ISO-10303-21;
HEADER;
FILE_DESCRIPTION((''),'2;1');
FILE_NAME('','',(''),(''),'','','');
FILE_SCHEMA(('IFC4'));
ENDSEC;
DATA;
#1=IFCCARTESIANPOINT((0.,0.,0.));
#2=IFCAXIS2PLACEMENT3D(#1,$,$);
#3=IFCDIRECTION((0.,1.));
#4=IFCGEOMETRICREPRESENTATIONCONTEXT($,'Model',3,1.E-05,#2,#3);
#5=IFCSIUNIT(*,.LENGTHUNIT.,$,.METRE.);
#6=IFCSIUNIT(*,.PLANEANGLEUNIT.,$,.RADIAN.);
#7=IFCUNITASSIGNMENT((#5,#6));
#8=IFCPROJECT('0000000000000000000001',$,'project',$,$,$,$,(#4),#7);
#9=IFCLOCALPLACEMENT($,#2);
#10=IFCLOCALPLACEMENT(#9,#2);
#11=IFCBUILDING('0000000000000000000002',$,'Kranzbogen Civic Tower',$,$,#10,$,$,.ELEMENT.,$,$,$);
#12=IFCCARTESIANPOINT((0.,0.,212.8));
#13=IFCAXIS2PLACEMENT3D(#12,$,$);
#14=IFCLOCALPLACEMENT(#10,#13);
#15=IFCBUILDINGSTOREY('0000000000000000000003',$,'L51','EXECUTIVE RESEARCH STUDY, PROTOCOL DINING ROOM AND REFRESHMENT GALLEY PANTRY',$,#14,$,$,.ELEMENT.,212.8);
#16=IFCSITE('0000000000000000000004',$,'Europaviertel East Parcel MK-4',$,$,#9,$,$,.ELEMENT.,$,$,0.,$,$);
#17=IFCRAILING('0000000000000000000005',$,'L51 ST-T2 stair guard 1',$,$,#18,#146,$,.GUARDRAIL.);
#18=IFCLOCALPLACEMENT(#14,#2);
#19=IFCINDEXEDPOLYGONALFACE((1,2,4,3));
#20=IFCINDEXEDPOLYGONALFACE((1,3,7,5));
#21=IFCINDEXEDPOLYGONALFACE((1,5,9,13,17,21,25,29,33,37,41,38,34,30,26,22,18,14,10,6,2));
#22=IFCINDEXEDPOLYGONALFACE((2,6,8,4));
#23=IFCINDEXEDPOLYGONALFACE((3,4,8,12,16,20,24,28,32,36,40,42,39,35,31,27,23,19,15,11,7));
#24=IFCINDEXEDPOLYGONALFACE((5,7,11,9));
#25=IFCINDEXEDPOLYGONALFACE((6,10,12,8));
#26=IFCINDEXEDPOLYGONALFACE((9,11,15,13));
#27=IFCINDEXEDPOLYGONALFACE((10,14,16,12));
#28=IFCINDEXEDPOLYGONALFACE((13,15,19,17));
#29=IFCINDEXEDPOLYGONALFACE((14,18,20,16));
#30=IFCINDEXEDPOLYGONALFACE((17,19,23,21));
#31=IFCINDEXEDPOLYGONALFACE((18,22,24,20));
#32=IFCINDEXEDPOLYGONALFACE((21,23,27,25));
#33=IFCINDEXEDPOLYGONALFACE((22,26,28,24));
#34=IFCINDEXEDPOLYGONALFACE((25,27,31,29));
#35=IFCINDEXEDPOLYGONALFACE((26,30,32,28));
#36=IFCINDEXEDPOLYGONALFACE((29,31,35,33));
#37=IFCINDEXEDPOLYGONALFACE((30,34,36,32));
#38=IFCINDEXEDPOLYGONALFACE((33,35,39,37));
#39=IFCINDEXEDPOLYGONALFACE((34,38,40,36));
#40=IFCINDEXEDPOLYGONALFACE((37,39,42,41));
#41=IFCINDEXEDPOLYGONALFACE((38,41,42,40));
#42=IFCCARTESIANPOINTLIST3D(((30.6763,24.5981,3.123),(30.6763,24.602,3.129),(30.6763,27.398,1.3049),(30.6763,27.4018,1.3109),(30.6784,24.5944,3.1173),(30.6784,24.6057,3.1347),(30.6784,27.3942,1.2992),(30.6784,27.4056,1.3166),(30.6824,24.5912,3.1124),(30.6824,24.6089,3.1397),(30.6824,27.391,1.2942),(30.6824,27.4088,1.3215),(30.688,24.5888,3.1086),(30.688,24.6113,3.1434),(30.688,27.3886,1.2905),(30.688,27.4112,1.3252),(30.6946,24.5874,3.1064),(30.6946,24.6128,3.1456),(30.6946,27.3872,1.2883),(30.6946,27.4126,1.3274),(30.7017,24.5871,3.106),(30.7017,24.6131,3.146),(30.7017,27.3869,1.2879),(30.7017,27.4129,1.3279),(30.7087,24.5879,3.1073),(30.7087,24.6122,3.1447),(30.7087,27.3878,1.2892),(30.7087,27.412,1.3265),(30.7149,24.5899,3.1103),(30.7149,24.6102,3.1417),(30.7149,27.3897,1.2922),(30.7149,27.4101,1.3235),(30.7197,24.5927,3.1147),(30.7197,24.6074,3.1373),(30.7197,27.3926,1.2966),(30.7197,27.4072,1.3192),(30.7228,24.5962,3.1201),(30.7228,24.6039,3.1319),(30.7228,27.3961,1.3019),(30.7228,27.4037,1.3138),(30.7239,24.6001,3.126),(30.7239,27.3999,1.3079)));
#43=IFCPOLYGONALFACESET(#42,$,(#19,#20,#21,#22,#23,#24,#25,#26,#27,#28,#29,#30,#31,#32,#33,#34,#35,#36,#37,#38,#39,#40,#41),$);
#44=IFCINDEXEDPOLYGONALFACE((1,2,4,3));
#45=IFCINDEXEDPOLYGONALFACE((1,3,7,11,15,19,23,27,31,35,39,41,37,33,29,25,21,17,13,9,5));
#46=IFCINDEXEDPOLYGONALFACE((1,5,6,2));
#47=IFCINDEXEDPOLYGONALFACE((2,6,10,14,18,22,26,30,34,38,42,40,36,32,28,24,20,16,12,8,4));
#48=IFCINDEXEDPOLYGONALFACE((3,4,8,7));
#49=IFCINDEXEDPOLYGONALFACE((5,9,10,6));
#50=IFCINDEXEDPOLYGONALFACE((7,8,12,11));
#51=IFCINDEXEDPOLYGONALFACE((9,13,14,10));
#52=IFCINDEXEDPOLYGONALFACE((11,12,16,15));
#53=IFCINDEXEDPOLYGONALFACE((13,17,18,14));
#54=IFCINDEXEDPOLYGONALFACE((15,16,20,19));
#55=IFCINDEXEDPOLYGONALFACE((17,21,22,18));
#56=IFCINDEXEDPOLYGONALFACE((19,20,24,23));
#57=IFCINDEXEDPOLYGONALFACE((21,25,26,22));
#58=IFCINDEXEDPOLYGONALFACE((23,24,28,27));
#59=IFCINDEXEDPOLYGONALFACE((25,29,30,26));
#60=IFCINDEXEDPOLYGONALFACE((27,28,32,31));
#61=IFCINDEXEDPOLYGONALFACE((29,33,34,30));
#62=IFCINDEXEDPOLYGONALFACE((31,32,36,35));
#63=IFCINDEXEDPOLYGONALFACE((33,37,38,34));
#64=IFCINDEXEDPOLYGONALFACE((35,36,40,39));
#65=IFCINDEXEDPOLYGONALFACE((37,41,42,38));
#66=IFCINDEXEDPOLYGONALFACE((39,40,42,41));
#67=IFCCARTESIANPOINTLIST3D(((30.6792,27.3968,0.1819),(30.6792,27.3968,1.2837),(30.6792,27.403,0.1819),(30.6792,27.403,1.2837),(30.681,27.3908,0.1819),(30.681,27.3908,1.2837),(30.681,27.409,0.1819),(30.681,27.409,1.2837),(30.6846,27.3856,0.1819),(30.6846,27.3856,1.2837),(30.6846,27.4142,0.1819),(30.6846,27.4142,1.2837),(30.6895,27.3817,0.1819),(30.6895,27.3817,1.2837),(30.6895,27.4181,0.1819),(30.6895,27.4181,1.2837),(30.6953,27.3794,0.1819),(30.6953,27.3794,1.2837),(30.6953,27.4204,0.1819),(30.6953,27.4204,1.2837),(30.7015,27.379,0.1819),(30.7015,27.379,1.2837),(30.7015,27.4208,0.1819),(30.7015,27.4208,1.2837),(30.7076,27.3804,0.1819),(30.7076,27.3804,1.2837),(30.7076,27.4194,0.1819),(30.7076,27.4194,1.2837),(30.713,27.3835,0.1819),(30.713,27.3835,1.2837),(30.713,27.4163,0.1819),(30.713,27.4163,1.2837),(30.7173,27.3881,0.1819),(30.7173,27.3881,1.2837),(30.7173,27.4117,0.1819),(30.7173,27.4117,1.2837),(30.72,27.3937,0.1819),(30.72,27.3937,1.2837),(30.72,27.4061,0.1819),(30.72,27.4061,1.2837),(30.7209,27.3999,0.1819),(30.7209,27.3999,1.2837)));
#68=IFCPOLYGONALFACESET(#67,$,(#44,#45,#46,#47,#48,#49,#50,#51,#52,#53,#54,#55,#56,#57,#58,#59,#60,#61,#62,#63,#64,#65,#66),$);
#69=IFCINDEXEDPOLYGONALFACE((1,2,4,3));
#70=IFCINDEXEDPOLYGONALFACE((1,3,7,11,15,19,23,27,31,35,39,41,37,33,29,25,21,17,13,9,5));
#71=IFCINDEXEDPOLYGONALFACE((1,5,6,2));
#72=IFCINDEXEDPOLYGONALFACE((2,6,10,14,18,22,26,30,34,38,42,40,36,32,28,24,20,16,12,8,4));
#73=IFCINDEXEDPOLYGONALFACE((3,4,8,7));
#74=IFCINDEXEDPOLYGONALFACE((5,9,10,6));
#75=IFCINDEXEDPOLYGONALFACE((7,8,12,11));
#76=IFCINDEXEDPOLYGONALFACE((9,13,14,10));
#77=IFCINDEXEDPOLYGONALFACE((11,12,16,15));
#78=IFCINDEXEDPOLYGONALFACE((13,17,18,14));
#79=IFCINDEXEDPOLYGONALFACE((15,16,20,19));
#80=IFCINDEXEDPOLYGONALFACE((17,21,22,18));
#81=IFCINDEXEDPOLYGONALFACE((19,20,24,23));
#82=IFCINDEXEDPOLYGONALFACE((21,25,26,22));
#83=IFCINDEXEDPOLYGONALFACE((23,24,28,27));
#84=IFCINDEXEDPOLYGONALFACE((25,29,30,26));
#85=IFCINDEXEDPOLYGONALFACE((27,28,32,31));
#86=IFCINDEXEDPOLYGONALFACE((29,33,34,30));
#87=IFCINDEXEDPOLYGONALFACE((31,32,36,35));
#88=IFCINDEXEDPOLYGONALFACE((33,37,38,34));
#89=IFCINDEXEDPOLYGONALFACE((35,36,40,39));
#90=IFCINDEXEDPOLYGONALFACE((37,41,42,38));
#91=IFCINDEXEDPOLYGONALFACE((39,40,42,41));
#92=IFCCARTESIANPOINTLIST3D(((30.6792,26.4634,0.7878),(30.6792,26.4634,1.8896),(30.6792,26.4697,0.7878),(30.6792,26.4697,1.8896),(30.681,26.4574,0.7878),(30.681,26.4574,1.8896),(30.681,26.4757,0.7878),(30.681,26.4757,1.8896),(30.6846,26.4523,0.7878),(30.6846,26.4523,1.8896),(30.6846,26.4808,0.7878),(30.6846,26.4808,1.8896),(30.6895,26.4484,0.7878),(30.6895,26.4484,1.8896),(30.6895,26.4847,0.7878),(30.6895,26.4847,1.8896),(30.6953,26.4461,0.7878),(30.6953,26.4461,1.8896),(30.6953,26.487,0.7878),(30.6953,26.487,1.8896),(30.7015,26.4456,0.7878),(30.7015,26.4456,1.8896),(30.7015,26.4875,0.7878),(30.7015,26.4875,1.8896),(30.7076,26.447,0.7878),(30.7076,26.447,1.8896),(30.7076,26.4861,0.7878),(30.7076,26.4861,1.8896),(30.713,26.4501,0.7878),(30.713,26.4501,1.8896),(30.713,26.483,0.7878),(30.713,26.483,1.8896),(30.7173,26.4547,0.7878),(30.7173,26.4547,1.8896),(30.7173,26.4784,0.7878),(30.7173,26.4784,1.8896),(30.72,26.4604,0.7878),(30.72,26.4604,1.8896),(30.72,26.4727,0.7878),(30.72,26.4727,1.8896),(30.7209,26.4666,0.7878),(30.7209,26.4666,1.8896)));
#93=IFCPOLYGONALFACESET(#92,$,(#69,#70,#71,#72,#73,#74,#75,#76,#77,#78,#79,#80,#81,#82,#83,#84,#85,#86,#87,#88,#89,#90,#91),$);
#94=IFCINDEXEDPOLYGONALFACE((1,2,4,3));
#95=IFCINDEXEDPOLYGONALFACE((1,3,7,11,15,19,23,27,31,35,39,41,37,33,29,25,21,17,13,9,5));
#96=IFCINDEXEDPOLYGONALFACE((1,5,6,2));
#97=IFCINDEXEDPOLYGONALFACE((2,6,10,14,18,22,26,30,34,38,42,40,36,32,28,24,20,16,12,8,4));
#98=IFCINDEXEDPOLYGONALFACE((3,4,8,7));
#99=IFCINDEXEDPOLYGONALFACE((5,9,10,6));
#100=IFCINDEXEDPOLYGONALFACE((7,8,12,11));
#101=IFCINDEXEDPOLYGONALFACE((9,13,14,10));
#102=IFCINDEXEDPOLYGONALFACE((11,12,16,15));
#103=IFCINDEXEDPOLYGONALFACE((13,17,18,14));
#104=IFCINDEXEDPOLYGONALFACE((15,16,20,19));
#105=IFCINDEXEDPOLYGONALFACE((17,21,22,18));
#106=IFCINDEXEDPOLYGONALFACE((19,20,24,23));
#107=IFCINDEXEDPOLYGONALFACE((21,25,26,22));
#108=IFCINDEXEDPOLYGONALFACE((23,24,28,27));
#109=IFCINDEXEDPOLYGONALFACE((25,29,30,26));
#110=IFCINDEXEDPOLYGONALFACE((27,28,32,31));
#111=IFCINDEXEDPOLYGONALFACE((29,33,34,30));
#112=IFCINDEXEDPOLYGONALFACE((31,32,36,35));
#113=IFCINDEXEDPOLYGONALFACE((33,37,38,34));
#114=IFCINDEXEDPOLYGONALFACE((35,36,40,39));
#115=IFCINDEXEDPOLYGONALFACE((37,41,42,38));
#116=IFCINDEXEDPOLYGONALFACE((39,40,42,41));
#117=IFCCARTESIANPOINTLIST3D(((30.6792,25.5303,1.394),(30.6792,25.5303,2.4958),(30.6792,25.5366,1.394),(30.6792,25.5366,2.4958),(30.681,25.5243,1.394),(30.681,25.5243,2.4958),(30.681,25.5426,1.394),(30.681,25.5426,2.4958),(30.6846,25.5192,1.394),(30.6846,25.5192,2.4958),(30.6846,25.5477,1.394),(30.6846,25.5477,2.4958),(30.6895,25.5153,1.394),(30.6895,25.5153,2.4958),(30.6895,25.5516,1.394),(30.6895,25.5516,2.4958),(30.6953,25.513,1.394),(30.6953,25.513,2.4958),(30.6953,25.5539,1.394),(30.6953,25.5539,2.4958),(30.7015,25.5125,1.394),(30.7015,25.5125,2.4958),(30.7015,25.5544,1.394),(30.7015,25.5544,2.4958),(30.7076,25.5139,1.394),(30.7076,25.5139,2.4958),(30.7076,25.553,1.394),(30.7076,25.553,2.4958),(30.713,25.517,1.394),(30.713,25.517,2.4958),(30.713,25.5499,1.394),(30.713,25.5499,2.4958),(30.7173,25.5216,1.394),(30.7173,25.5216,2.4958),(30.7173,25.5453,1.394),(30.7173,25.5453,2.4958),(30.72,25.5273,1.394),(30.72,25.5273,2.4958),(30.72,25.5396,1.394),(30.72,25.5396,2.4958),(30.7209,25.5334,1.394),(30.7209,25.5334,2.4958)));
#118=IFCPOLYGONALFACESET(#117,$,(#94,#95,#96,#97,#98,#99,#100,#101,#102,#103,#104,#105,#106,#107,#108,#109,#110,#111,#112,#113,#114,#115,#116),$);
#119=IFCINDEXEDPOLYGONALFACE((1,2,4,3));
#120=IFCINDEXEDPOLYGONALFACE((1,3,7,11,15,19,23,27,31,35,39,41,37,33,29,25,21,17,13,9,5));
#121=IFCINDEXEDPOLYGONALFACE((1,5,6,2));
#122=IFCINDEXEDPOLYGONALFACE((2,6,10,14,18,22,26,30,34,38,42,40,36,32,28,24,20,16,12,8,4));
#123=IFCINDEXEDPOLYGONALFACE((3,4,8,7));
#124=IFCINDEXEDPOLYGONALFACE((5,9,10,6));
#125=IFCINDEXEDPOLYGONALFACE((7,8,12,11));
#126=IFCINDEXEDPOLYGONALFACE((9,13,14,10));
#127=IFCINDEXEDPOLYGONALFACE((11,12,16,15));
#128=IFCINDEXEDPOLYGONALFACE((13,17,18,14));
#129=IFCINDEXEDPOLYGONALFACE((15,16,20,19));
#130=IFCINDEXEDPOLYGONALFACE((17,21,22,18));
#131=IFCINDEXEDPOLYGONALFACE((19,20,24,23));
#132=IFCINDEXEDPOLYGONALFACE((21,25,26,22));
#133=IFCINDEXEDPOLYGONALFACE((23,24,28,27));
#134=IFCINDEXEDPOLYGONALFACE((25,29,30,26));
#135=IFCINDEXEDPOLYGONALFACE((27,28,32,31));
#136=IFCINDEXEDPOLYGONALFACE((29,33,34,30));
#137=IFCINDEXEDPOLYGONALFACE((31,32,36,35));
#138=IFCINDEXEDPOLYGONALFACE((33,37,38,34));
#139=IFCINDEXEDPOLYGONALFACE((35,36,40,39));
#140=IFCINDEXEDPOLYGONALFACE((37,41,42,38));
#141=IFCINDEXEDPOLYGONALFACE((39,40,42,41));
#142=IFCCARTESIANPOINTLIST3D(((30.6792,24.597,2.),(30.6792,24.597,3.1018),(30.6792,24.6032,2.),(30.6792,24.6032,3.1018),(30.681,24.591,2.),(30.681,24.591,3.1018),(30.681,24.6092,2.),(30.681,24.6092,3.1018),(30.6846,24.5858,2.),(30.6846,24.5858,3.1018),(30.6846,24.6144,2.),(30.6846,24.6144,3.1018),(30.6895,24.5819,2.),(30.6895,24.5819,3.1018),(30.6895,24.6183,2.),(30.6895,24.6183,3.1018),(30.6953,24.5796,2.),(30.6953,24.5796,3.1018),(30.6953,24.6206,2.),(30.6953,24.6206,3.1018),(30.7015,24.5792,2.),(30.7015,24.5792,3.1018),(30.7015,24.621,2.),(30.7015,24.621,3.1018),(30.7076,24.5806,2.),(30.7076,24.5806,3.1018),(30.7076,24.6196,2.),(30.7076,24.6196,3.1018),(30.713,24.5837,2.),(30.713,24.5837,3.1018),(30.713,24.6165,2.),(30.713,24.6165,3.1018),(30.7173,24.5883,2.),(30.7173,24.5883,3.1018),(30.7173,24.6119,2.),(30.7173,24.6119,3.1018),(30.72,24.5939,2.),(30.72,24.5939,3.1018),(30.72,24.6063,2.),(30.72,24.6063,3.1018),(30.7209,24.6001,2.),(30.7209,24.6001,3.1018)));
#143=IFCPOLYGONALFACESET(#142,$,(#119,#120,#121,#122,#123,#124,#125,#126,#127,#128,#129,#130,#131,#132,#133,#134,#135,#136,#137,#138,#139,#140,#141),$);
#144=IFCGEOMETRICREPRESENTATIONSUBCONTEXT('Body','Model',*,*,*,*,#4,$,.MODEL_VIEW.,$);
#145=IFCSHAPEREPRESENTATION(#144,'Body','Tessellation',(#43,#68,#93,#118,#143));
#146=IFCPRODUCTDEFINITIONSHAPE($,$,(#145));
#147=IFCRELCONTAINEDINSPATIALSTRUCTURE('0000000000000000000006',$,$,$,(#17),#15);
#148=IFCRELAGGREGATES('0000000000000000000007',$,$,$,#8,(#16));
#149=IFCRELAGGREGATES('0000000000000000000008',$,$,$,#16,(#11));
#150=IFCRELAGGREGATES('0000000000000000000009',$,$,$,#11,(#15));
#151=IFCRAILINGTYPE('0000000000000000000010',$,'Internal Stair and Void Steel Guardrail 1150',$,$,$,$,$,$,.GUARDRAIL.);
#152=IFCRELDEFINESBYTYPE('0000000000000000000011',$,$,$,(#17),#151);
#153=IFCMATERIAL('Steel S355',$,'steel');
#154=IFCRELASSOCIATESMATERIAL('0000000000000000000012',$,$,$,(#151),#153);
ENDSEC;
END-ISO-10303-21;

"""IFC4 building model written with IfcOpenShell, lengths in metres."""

from ifc_helpers import new_model, si_unit, direction, frame, origin, origin_2d, place, context, subcontext, project, spatial, circle, extrude, material, type_object, element, save


model = new_model("IFC4")

# Units and contexts
model_context = context("Model", 3, precision=1e-05, world=origin(), true_north=direction((0.0, 1.0)))
body_context = subcontext(model_context, "Body", "Model", "MODEL_VIEW")
ifc_project = project(units=[si_unit("LENGTHUNIT", "METRE"), si_unit("PLANEANGLEUNIT", "RADIAN")], contexts=[model_context])

# Site, building, storey
site_placement = place(None, origin())
site = spatial("IfcSite", under=ifc_project, at=site_placement, Name="Europaviertel East Parcel MK-4", CompositionType="ELEMENT", RefElevation=0.0)
building_placement = place(site_placement, origin())
building = spatial("IfcBuilding", under=site, at=building_placement, Name="Kranzbogen Civic Tower", CompositionType="ELEMENT")
storey_placement = place(building_placement, frame((0.0, 0.0, 212.8)))
storey = spatial("IfcBuildingStorey", under=building, at=storey_placement, Name="L51", Description="EXECUTIVE RESEARCH STUDY, PROTOCOL DINING ROOM AND REFRESHMENT GALLEY PANTRY", CompositionType="ELEMENT", Elevation=212.8)

# Shared definitions
ifc_material_1 = material(Name="Steel S355", Category="steel")

# Railing
railing_type_1 = type_object("IfcRailingType", Name="Internal Stair and Void Steel Guardrail 1150", PredefinedType="GUARDRAIL", material=ifc_material_1)
railing_1_placement = place(storey_placement, frame((30.7, 27.3999, 0.1819)))
element("IfcRailing", 1, at=railing_1_placement, inside=storey, type_object=railing_type_1, Name="L51 ST-T2 stair guard 1", PredefinedType="GUARDRAIL", context=body_context, shape_type="SweptSolid", body=[
    extrude(circle(Radius=0.0239, at=origin_2d()), frame((0.0, 0.0, 1.126), z_axis=(0.0, -0.838684, 0.544618), x_axis=(1.0, 0.0, 0.0)), (0.0, 0.0, 1.0), 3.3384),
    extrude(circle(Radius=0.021, at=origin_2d()), origin(), (0.0, 0.0, 1.0), 1.1018),
    extrude(circle(Radius=0.021, at=origin_2d()), frame((0.0, -0.9333, 0.606)), (0.0, 0.0, 1.0), 1.1018),
    extrude(circle(Radius=0.021, at=origin_2d()), frame((0.0, -1.8665, 1.2122)), (0.0, 0.0, 1.0), 1.1018),
    extrude(circle(Radius=0.021, at=origin_2d()), frame((0.0, -2.7998, 1.8181)), (0.0, 0.0, 1.0), 1.1018),
])

save(model, "model.ifc")
